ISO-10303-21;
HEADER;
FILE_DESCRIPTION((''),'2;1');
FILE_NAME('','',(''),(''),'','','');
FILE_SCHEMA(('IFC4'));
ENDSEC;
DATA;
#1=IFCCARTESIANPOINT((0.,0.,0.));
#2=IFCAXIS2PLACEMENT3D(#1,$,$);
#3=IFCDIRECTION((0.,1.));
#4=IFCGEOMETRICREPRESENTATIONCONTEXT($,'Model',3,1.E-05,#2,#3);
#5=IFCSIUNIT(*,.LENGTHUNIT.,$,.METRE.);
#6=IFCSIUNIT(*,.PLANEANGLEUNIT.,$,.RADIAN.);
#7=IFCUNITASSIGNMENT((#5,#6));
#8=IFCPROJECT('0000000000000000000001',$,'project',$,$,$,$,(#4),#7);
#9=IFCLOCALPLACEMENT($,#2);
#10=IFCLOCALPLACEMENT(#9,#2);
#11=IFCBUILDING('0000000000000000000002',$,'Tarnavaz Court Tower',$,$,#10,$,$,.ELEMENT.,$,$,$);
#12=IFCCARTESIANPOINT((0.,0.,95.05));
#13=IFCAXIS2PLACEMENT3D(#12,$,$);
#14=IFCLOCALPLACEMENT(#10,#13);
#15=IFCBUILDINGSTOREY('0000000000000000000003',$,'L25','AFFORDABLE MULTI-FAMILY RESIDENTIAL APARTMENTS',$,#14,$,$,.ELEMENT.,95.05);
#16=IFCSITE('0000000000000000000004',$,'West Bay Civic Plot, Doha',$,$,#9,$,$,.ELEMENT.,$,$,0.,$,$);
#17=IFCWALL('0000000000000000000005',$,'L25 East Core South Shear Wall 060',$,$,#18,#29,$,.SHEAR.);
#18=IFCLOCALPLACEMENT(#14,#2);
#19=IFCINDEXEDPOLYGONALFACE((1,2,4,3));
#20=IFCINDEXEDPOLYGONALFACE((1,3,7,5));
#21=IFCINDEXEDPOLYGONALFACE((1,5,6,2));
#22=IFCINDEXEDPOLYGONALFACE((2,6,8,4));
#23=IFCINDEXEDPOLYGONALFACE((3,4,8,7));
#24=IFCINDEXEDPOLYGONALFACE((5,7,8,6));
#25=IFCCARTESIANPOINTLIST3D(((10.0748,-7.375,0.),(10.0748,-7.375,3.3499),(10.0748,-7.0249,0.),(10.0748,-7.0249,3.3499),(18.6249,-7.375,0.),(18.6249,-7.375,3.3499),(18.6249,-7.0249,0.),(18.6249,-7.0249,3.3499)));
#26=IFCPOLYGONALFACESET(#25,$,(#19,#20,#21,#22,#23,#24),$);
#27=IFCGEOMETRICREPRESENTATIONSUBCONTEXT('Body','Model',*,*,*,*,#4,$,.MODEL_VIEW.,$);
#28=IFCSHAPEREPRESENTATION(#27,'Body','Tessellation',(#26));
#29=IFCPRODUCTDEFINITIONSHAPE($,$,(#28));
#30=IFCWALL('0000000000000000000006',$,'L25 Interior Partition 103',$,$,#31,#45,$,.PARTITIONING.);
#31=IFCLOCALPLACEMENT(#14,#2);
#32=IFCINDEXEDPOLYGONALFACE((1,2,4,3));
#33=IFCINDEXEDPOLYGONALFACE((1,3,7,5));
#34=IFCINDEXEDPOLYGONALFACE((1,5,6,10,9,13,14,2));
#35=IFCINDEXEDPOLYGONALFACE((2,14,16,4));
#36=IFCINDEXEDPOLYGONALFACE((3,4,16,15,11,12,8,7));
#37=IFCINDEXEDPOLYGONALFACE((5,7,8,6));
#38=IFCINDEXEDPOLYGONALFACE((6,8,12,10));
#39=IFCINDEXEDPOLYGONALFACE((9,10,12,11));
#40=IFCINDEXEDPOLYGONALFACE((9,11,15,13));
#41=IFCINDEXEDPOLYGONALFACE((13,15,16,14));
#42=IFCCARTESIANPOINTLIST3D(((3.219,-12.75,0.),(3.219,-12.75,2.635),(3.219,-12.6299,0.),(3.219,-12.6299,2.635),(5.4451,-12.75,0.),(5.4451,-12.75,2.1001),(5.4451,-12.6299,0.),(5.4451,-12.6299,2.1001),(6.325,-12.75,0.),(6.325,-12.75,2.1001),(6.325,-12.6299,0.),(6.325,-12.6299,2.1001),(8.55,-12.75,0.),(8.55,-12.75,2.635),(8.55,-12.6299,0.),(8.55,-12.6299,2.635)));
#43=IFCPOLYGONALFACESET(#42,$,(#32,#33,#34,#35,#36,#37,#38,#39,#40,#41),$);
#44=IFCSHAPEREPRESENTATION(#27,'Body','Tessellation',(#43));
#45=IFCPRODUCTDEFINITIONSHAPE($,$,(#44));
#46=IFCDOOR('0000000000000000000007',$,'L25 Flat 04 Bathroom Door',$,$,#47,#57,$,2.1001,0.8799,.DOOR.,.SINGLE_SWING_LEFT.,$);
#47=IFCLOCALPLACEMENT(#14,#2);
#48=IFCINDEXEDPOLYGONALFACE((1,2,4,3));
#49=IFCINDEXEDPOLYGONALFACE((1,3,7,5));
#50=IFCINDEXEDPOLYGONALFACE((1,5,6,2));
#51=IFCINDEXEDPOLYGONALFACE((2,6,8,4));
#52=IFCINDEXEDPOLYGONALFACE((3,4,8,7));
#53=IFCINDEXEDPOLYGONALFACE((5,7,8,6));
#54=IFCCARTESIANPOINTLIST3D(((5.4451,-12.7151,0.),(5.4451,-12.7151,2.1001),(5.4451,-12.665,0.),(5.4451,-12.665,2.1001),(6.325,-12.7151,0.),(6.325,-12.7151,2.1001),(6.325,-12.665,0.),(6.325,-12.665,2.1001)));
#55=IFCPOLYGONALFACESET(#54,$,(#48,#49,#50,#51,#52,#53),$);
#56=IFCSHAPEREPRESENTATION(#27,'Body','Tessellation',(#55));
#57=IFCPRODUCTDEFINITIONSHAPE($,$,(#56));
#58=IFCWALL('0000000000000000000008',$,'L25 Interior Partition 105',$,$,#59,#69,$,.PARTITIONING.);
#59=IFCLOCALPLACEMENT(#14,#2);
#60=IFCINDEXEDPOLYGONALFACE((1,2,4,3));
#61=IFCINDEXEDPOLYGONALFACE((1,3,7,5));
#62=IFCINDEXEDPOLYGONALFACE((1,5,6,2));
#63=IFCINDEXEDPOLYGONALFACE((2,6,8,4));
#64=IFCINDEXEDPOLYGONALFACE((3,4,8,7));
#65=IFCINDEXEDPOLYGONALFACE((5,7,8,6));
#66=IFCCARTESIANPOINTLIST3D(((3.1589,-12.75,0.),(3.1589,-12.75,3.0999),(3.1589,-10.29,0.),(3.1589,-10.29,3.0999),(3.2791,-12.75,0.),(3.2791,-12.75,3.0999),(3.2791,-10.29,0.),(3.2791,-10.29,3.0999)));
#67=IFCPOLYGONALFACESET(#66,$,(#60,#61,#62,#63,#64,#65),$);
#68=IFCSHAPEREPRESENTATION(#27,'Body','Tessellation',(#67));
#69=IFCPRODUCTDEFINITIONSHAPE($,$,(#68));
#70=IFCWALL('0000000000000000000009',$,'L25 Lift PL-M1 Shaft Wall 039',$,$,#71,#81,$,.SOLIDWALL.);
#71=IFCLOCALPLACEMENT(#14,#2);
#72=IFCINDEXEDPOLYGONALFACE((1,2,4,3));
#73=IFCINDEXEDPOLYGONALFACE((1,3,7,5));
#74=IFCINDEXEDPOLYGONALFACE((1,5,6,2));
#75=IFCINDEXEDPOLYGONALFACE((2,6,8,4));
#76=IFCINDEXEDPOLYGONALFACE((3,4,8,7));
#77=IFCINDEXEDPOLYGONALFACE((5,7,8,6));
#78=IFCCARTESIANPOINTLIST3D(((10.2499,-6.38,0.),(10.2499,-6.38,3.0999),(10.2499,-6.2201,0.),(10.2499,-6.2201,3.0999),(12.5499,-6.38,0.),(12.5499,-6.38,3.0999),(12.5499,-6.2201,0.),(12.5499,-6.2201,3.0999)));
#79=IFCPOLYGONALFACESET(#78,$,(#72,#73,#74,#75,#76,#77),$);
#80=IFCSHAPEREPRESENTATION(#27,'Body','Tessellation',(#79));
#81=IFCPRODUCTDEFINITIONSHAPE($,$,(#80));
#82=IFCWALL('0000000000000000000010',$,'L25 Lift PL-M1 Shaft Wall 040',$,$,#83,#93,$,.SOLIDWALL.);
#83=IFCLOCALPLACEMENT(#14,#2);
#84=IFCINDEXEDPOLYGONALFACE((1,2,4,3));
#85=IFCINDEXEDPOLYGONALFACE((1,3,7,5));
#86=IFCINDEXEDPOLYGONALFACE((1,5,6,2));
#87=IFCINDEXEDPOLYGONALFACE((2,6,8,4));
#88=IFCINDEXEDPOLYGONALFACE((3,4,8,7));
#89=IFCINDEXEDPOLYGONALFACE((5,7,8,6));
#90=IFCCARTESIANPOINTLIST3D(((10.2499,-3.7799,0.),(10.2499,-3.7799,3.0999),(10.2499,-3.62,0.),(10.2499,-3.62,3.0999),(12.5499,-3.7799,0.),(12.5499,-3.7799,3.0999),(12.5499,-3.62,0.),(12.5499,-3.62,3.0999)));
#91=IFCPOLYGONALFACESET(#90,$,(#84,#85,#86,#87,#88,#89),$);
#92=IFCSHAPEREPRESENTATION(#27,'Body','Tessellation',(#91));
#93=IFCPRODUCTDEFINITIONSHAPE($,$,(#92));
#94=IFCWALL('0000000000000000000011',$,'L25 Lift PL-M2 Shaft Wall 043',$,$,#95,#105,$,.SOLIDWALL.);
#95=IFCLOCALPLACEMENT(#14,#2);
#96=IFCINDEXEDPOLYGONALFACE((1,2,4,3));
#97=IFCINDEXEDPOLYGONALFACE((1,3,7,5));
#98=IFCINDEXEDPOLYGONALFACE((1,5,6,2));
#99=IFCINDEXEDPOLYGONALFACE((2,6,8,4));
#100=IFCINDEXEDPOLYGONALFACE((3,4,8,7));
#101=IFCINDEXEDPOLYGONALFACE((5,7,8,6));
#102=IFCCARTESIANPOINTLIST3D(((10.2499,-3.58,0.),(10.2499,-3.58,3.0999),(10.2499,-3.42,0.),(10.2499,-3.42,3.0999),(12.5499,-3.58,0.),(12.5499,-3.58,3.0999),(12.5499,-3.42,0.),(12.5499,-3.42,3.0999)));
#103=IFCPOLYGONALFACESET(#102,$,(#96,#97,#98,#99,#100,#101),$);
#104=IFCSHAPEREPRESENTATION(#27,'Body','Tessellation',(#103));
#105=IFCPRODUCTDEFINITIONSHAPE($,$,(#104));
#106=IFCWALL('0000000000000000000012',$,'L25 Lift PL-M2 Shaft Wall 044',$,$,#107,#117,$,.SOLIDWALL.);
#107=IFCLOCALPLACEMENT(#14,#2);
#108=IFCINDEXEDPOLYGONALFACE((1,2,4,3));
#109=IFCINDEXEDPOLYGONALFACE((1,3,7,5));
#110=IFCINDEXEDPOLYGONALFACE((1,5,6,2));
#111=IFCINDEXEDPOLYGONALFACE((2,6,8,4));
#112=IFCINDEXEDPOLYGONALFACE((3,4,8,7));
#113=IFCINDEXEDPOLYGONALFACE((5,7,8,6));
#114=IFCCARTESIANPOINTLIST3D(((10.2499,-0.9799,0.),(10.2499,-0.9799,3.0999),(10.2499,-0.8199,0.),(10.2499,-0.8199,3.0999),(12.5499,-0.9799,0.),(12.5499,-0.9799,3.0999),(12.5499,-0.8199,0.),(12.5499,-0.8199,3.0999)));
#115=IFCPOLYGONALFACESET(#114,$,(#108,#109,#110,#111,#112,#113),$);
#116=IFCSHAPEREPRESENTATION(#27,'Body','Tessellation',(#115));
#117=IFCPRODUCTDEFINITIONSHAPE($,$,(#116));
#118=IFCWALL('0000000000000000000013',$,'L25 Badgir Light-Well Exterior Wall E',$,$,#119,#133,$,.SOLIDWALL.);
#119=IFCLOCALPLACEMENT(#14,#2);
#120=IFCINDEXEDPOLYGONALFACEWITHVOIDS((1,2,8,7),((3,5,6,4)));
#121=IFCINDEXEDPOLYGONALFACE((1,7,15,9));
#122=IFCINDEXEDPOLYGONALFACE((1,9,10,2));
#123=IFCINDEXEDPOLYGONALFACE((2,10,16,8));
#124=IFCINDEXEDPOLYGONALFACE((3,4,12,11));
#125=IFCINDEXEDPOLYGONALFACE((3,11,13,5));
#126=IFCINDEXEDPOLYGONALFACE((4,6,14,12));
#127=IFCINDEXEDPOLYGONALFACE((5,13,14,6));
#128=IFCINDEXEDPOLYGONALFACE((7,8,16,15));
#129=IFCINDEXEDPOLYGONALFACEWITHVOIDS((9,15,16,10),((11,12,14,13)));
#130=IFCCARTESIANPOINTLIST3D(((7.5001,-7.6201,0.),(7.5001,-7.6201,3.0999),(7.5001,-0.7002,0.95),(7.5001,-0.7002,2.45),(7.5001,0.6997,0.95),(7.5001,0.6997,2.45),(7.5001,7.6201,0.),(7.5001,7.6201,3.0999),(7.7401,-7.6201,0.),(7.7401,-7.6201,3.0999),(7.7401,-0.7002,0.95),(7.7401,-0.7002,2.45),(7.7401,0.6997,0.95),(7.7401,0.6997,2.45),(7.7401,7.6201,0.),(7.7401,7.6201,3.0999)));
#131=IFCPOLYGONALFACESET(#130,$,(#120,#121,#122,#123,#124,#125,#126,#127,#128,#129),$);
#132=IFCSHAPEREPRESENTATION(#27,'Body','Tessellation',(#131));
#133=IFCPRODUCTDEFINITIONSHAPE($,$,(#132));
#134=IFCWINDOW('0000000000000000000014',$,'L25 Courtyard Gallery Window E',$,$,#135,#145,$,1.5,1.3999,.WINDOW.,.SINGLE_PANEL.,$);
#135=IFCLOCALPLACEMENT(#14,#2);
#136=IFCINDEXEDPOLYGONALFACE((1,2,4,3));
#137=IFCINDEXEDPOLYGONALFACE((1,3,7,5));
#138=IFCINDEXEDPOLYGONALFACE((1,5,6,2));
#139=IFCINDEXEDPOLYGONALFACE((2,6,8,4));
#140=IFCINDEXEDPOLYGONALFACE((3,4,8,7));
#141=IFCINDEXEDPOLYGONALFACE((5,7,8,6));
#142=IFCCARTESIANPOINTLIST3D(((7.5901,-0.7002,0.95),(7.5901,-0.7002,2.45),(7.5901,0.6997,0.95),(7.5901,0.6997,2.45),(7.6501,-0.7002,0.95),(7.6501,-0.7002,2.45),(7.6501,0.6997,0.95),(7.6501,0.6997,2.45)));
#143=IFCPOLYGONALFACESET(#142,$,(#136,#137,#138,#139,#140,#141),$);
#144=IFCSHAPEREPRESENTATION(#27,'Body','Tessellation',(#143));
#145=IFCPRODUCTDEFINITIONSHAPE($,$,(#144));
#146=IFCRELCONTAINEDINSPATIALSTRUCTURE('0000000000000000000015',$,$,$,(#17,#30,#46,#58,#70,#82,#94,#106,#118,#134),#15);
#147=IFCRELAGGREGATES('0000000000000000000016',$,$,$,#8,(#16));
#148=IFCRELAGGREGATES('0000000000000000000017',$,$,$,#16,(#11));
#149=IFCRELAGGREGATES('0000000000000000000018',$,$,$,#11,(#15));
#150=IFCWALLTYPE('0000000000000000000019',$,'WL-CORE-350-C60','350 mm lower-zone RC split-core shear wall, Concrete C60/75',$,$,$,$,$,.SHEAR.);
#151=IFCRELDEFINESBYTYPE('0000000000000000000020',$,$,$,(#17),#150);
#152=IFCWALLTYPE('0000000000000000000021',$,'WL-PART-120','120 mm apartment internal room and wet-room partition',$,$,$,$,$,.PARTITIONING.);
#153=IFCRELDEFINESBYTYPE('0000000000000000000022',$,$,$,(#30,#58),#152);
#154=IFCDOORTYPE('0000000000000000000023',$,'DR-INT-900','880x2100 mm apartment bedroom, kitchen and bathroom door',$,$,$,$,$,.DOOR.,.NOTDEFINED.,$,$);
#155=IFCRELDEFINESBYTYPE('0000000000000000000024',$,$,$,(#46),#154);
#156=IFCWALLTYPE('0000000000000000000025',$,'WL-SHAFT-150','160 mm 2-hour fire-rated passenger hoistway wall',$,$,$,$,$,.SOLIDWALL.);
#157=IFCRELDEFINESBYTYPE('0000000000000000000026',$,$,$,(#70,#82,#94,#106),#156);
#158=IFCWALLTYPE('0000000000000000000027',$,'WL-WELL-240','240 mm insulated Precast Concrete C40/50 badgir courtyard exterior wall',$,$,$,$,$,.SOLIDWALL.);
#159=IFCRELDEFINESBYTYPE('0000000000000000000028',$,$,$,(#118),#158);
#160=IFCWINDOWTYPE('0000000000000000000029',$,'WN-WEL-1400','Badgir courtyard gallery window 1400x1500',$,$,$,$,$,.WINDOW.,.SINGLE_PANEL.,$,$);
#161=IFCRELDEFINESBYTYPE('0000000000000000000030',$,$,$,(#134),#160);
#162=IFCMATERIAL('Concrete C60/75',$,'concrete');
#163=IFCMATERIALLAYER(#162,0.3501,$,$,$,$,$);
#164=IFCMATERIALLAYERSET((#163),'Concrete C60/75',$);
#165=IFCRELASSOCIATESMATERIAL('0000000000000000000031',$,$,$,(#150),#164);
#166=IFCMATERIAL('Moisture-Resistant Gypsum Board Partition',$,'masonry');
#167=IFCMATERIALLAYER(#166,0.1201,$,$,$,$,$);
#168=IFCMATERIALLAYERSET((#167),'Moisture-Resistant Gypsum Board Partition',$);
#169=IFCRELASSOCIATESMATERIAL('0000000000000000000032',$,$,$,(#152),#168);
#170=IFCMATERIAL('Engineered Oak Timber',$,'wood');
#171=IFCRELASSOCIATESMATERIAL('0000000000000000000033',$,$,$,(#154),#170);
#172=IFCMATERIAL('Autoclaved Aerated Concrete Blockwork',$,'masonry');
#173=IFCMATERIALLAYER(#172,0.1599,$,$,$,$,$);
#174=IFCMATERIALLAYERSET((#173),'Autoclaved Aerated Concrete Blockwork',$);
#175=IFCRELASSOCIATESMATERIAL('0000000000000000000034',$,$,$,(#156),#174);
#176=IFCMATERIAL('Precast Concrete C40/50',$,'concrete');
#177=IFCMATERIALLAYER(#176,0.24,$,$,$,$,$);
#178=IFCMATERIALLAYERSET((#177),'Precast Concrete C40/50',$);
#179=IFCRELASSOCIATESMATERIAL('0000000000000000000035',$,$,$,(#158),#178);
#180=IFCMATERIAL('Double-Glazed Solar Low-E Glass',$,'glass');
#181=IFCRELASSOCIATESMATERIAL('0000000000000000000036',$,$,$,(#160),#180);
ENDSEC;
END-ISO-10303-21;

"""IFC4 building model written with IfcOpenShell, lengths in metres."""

from ifc_helpers import new_model, si_unit, direction, frame, frame_2d, origin, place, context, subcontext, project, spatial, rectangle, extrude, material, layer, layer_set, type_object, element, fill, save


model = new_model("IFC4")

# Units and contexts
model_context = context("Model", 3, precision=1e-05, world=origin(), true_north=direction((0.0, 1.0)))
body_context = subcontext(model_context, "Body", "Model", "MODEL_VIEW")
ifc_project = project(units=[si_unit("LENGTHUNIT", "METRE"), si_unit("PLANEANGLEUNIT", "RADIAN")], contexts=[model_context])

# Site, building, storey
site_placement = place(None, origin())
site = spatial("IfcSite", under=ifc_project, at=site_placement, Name="West Bay Civic Plot, Doha", CompositionType="ELEMENT", RefElevation=0.0)
building_placement = place(site_placement, origin())
building = spatial("IfcBuilding", under=site, at=building_placement, Name="Tarnavaz Court Tower", CompositionType="ELEMENT")
storey_placement = place(building_placement, frame((0.0, 0.0, 95.05)))
storey = spatial("IfcBuildingStorey", under=building, at=storey_placement, Name="L25", Description="AFFORDABLE MULTI-FAMILY RESIDENTIAL APARTMENTS", CompositionType="ELEMENT", Elevation=95.05)

# Shared definitions
ifc_material_1 = material(Name="Concrete C60/75", Category="concrete")

# Wall
ifc_layer_1 = layer(ifc_material_1, 0.3501)
ifc_layer_set_1 = layer_set([ifc_layer_1], Name="Concrete C60/75")
wall_type_1 = type_object("IfcWallType", Name="WL-CORE-350-C60", Description="350 mm lower-zone RC split-core shear wall, Concrete C60/75", PredefinedType="SHEAR", material=ifc_layer_set_1)
wall_1_placement = place(storey_placement, frame((10.075, -7.2, 0.0), z_axis=(0.0, 0.0, 1.0), x_axis=(1.0, 0.0, 0.0)))
element("IfcWall", 1, at=wall_1_placement, inside=storey, type_object=wall_type_1, Name="L25 East Core South Shear Wall 060", PredefinedType="SHEAR", context=body_context, shape_type="SweptSolid", body=[
    extrude(rectangle(XDim=8.55, YDim=0.3501, at=frame_2d((4.2749, 0.0))), origin(), (0.0, 0.0, 1.0), 3.3499),
])

# Shared definitions
ifc_material_2 = material(Name="Engineered Oak Timber", Category="wood")

# Wall, opening, door
ifc_material_3 = material(Name="Moisture-Resistant Gypsum Board Partition", Category="masonry")
ifc_layer_2 = layer(ifc_material_3, 0.1201)
ifc_layer_set_2 = layer_set([ifc_layer_2], Name="Moisture-Resistant Gypsum Board Partition")
wall_type_2 = type_object("IfcWallType", Name="WL-PART-120", Description="120 mm apartment internal room and wet-room partition", PredefinedType="PARTITIONING", material=ifc_layer_set_2)
wall_2_placement = place(storey_placement, frame((3.219, -12.6899, 0.0), z_axis=(0.0, 0.0, 1.0), x_axis=(1.0, 0.0, 0.0)))
wall_2 = element("IfcWall", 2, at=wall_2_placement, inside=storey, type_object=wall_type_2, Name="L25 Interior Partition 103", PredefinedType="PARTITIONING", context=body_context, shape_type="SweptSolid", body=[
    extrude(rectangle(XDim=5.3311, YDim=0.1201, at=frame_2d((2.6655, 0.0))), origin(), (0.0, 0.0, 1.0), 2.635),
])
opening_1_placement = place(wall_2_placement, frame((2.2261, 0.0, 0.0)))
opening_1 = element("IfcOpeningElement", 3, at=opening_1_placement, cuts=wall_2, PredefinedType="OPENING", context=body_context, shape_type="SweptSolid", body=[
    extrude(rectangle(XDim=0.8799, YDim=2.1001, at=frame_2d((0.4399, 1.05))), frame((0.0, 0.0701, 0.0), z_axis=(0.0, -1.0, 0.0), x_axis=(1.0, 0.0, 0.0)), (0.0, 0.0, 1.0), 0.1401),
])
door_type_1 = type_object("IfcDoorType", Name="DR-INT-900", Description="880x2100 mm apartment bedroom, kitchen and bathroom door", OperationType="NOTDEFINED", PredefinedType="DOOR", material=ifc_material_2)
door_1_placement = place(opening_1_placement, origin())
door_1 = element("IfcDoor", 4, at=door_1_placement, inside=storey, type_object=door_type_1, Name="L25 Flat 04 Bathroom Door", OperationType="SINGLE_SWING_LEFT", OverallHeight=2.1001, OverallWidth=0.8799, PredefinedType="DOOR", context=body_context, shape_type="SweptSolid", body=[
    extrude(rectangle(XDim=0.8799, YDim=2.1001, at=frame_2d((0.4399, 1.05))), frame((0.0, 0.0249, 0.0), z_axis=(0.0, -1.0, 0.0), x_axis=(1.0, 0.0, 0.0)), (0.0, 0.0, 1.0), 0.05),
])
fill(opening_1, door_1)

# Wall
wall_3_placement = place(storey_placement, frame((3.219, -12.75, 0.0), z_axis=(0.0, 0.0, 1.0), x_axis=(0.0, 1.0, 0.0)))
element("IfcWall", 5, at=wall_3_placement, inside=storey, type_object=wall_type_2, Name="L25 Interior Partition 105", PredefinedType="PARTITIONING", context=body_context, shape_type="SweptSolid", body=[
    extrude(rectangle(XDim=2.46, YDim=0.1201, at=frame_2d((1.23, 0.0))), origin(), (0.0, 0.0, 1.0), 3.0999),
])

# Shared definitions
ifc_material_4 = material(Name="Autoclaved Aerated Concrete Blockwork", Category="masonry")
ifc_layer_3 = layer(ifc_material_4, 0.1599)
ifc_layer_set_3 = layer_set([ifc_layer_3], Name="Autoclaved Aerated Concrete Blockwork")
wall_type_3 = type_object("IfcWallType", Name="WL-SHAFT-150", Description="160 mm 2-hour fire-rated passenger hoistway wall", PredefinedType="SOLIDWALL", material=ifc_layer_set_3)

# Walls
for number, where, z_axis, x_axis, name in (
    (6, (10.25, -6.3, 0.0), (0.0, 0.0, 1.0), (1.0, 0.0, 0.0), "L25 Lift PL-M1 Shaft Wall 039"),
    (7, (10.25, -3.7, 0.0), (0.0, 0.0, 1.0), (1.0, 0.0, 0.0), "L25 Lift PL-M1 Shaft Wall 040"),
):
    element("IfcWall", number, at=place(storey_placement, frame(where, z_axis=z_axis, x_axis=x_axis)), inside=storey, type_object=wall_type_3, Name=name, PredefinedType="SOLIDWALL", context=body_context, shape_type="SweptSolid", body=[
        extrude(rectangle(XDim=2.3, YDim=0.1599, at=frame_2d((1.1499, 0.0))), origin(), (0.0, 0.0, 1.0), 3.0999),
    ])

# Walls
for number, where, z_axis, x_axis, name in (
    (8, (10.25, -3.5, 0.0), (0.0, 0.0, 1.0), (1.0, 0.0, 0.0), "L25 Lift PL-M2 Shaft Wall 043"),
    (9, (10.25, -0.8999, 0.0), (0.0, 0.0, 1.0), (1.0, 0.0, 0.0), "L25 Lift PL-M2 Shaft Wall 044"),
):
    element("IfcWall", number, at=place(storey_placement, frame(where, z_axis=z_axis, x_axis=x_axis)), inside=storey, type_object=wall_type_3, Name=name, PredefinedType="SOLIDWALL", context=body_context, shape_type="SweptSolid", body=[
        extrude(rectangle(XDim=2.3, YDim=0.1599, at=frame_2d((1.1499, 0.0))), origin(), (0.0, 0.0, 1.0), 3.0999),
    ])

# Wall, opening, window
ifc_material_5 = material(Name="Precast Concrete C40/50", Category="concrete")
ifc_layer_4 = layer(ifc_material_5, 0.24)
ifc_layer_set_4 = layer_set([ifc_layer_4], Name="Precast Concrete C40/50")
wall_type_4 = type_object("IfcWallType", Name="WL-WELL-240", Description="240 mm insulated Precast Concrete C40/50 badgir courtyard exterior wall", PredefinedType="SOLIDWALL", material=ifc_layer_set_4)
wall_4_placement = place(storey_placement, frame((7.6201, -7.6201, 0.0), z_axis=(0.0, 0.0, 1.0), x_axis=(0.0, 1.0, 0.0)))
wall_4 = element("IfcWall", 10, at=wall_4_placement, inside=storey, type_object=wall_type_4, Name="L25 Badgir Light-Well Exterior Wall E", PredefinedType="SOLIDWALL", context=body_context, shape_type="SweptSolid", body=[
    extrude(rectangle(XDim=15.2402, YDim=0.24, at=frame_2d((7.6201, 0.0))), origin(), (0.0, 0.0, 1.0), 3.0999),
])
opening_2_placement = place(wall_4_placement, frame((6.9199, 0.0, 0.95)))
opening_2 = element("IfcOpeningElement", 11, at=opening_2_placement, cuts=wall_4, PredefinedType="OPENING", context=body_context, shape_type="SweptSolid", body=[
    extrude(rectangle(XDim=1.3999, YDim=1.5, at=frame_2d((0.7, 0.75))), frame((0.0, 0.1299, 0.0), z_axis=(0.0, -1.0, 0.0), x_axis=(1.0, 0.0, 0.0)), (0.0, 0.0, 1.0), 0.26),
])
ifc_material_6 = material(Name="Double-Glazed Solar Low-E Glass", Category="glass")
window_type = type_object("IfcWindowType", Name="WN-WEL-1400", Description="Badgir courtyard gallery window 1400x1500", PartitioningType="SINGLE_PANEL", PredefinedType="WINDOW", material=ifc_material_6)
window_placement = place(opening_2_placement, origin())
window = element("IfcWindow", 12, at=window_placement, inside=storey, type_object=window_type, Name="L25 Courtyard Gallery Window E", OverallHeight=1.5, OverallWidth=1.3999, PartitioningType="SINGLE_PANEL", PredefinedType="WINDOW", context=body_context, shape_type="SweptSolid", body=[
    extrude(rectangle(XDim=1.3999, YDim=1.5, at=frame_2d((0.7, 0.75))), frame((0.0, 0.03, 0.0), z_axis=(0.0, -1.0, 0.0), x_axis=(1.0, 0.0, 0.0)), (0.0, 0.0, 1.0), 0.0601),
])
fill(opening_2, window)

save(model, "model.ifc")
